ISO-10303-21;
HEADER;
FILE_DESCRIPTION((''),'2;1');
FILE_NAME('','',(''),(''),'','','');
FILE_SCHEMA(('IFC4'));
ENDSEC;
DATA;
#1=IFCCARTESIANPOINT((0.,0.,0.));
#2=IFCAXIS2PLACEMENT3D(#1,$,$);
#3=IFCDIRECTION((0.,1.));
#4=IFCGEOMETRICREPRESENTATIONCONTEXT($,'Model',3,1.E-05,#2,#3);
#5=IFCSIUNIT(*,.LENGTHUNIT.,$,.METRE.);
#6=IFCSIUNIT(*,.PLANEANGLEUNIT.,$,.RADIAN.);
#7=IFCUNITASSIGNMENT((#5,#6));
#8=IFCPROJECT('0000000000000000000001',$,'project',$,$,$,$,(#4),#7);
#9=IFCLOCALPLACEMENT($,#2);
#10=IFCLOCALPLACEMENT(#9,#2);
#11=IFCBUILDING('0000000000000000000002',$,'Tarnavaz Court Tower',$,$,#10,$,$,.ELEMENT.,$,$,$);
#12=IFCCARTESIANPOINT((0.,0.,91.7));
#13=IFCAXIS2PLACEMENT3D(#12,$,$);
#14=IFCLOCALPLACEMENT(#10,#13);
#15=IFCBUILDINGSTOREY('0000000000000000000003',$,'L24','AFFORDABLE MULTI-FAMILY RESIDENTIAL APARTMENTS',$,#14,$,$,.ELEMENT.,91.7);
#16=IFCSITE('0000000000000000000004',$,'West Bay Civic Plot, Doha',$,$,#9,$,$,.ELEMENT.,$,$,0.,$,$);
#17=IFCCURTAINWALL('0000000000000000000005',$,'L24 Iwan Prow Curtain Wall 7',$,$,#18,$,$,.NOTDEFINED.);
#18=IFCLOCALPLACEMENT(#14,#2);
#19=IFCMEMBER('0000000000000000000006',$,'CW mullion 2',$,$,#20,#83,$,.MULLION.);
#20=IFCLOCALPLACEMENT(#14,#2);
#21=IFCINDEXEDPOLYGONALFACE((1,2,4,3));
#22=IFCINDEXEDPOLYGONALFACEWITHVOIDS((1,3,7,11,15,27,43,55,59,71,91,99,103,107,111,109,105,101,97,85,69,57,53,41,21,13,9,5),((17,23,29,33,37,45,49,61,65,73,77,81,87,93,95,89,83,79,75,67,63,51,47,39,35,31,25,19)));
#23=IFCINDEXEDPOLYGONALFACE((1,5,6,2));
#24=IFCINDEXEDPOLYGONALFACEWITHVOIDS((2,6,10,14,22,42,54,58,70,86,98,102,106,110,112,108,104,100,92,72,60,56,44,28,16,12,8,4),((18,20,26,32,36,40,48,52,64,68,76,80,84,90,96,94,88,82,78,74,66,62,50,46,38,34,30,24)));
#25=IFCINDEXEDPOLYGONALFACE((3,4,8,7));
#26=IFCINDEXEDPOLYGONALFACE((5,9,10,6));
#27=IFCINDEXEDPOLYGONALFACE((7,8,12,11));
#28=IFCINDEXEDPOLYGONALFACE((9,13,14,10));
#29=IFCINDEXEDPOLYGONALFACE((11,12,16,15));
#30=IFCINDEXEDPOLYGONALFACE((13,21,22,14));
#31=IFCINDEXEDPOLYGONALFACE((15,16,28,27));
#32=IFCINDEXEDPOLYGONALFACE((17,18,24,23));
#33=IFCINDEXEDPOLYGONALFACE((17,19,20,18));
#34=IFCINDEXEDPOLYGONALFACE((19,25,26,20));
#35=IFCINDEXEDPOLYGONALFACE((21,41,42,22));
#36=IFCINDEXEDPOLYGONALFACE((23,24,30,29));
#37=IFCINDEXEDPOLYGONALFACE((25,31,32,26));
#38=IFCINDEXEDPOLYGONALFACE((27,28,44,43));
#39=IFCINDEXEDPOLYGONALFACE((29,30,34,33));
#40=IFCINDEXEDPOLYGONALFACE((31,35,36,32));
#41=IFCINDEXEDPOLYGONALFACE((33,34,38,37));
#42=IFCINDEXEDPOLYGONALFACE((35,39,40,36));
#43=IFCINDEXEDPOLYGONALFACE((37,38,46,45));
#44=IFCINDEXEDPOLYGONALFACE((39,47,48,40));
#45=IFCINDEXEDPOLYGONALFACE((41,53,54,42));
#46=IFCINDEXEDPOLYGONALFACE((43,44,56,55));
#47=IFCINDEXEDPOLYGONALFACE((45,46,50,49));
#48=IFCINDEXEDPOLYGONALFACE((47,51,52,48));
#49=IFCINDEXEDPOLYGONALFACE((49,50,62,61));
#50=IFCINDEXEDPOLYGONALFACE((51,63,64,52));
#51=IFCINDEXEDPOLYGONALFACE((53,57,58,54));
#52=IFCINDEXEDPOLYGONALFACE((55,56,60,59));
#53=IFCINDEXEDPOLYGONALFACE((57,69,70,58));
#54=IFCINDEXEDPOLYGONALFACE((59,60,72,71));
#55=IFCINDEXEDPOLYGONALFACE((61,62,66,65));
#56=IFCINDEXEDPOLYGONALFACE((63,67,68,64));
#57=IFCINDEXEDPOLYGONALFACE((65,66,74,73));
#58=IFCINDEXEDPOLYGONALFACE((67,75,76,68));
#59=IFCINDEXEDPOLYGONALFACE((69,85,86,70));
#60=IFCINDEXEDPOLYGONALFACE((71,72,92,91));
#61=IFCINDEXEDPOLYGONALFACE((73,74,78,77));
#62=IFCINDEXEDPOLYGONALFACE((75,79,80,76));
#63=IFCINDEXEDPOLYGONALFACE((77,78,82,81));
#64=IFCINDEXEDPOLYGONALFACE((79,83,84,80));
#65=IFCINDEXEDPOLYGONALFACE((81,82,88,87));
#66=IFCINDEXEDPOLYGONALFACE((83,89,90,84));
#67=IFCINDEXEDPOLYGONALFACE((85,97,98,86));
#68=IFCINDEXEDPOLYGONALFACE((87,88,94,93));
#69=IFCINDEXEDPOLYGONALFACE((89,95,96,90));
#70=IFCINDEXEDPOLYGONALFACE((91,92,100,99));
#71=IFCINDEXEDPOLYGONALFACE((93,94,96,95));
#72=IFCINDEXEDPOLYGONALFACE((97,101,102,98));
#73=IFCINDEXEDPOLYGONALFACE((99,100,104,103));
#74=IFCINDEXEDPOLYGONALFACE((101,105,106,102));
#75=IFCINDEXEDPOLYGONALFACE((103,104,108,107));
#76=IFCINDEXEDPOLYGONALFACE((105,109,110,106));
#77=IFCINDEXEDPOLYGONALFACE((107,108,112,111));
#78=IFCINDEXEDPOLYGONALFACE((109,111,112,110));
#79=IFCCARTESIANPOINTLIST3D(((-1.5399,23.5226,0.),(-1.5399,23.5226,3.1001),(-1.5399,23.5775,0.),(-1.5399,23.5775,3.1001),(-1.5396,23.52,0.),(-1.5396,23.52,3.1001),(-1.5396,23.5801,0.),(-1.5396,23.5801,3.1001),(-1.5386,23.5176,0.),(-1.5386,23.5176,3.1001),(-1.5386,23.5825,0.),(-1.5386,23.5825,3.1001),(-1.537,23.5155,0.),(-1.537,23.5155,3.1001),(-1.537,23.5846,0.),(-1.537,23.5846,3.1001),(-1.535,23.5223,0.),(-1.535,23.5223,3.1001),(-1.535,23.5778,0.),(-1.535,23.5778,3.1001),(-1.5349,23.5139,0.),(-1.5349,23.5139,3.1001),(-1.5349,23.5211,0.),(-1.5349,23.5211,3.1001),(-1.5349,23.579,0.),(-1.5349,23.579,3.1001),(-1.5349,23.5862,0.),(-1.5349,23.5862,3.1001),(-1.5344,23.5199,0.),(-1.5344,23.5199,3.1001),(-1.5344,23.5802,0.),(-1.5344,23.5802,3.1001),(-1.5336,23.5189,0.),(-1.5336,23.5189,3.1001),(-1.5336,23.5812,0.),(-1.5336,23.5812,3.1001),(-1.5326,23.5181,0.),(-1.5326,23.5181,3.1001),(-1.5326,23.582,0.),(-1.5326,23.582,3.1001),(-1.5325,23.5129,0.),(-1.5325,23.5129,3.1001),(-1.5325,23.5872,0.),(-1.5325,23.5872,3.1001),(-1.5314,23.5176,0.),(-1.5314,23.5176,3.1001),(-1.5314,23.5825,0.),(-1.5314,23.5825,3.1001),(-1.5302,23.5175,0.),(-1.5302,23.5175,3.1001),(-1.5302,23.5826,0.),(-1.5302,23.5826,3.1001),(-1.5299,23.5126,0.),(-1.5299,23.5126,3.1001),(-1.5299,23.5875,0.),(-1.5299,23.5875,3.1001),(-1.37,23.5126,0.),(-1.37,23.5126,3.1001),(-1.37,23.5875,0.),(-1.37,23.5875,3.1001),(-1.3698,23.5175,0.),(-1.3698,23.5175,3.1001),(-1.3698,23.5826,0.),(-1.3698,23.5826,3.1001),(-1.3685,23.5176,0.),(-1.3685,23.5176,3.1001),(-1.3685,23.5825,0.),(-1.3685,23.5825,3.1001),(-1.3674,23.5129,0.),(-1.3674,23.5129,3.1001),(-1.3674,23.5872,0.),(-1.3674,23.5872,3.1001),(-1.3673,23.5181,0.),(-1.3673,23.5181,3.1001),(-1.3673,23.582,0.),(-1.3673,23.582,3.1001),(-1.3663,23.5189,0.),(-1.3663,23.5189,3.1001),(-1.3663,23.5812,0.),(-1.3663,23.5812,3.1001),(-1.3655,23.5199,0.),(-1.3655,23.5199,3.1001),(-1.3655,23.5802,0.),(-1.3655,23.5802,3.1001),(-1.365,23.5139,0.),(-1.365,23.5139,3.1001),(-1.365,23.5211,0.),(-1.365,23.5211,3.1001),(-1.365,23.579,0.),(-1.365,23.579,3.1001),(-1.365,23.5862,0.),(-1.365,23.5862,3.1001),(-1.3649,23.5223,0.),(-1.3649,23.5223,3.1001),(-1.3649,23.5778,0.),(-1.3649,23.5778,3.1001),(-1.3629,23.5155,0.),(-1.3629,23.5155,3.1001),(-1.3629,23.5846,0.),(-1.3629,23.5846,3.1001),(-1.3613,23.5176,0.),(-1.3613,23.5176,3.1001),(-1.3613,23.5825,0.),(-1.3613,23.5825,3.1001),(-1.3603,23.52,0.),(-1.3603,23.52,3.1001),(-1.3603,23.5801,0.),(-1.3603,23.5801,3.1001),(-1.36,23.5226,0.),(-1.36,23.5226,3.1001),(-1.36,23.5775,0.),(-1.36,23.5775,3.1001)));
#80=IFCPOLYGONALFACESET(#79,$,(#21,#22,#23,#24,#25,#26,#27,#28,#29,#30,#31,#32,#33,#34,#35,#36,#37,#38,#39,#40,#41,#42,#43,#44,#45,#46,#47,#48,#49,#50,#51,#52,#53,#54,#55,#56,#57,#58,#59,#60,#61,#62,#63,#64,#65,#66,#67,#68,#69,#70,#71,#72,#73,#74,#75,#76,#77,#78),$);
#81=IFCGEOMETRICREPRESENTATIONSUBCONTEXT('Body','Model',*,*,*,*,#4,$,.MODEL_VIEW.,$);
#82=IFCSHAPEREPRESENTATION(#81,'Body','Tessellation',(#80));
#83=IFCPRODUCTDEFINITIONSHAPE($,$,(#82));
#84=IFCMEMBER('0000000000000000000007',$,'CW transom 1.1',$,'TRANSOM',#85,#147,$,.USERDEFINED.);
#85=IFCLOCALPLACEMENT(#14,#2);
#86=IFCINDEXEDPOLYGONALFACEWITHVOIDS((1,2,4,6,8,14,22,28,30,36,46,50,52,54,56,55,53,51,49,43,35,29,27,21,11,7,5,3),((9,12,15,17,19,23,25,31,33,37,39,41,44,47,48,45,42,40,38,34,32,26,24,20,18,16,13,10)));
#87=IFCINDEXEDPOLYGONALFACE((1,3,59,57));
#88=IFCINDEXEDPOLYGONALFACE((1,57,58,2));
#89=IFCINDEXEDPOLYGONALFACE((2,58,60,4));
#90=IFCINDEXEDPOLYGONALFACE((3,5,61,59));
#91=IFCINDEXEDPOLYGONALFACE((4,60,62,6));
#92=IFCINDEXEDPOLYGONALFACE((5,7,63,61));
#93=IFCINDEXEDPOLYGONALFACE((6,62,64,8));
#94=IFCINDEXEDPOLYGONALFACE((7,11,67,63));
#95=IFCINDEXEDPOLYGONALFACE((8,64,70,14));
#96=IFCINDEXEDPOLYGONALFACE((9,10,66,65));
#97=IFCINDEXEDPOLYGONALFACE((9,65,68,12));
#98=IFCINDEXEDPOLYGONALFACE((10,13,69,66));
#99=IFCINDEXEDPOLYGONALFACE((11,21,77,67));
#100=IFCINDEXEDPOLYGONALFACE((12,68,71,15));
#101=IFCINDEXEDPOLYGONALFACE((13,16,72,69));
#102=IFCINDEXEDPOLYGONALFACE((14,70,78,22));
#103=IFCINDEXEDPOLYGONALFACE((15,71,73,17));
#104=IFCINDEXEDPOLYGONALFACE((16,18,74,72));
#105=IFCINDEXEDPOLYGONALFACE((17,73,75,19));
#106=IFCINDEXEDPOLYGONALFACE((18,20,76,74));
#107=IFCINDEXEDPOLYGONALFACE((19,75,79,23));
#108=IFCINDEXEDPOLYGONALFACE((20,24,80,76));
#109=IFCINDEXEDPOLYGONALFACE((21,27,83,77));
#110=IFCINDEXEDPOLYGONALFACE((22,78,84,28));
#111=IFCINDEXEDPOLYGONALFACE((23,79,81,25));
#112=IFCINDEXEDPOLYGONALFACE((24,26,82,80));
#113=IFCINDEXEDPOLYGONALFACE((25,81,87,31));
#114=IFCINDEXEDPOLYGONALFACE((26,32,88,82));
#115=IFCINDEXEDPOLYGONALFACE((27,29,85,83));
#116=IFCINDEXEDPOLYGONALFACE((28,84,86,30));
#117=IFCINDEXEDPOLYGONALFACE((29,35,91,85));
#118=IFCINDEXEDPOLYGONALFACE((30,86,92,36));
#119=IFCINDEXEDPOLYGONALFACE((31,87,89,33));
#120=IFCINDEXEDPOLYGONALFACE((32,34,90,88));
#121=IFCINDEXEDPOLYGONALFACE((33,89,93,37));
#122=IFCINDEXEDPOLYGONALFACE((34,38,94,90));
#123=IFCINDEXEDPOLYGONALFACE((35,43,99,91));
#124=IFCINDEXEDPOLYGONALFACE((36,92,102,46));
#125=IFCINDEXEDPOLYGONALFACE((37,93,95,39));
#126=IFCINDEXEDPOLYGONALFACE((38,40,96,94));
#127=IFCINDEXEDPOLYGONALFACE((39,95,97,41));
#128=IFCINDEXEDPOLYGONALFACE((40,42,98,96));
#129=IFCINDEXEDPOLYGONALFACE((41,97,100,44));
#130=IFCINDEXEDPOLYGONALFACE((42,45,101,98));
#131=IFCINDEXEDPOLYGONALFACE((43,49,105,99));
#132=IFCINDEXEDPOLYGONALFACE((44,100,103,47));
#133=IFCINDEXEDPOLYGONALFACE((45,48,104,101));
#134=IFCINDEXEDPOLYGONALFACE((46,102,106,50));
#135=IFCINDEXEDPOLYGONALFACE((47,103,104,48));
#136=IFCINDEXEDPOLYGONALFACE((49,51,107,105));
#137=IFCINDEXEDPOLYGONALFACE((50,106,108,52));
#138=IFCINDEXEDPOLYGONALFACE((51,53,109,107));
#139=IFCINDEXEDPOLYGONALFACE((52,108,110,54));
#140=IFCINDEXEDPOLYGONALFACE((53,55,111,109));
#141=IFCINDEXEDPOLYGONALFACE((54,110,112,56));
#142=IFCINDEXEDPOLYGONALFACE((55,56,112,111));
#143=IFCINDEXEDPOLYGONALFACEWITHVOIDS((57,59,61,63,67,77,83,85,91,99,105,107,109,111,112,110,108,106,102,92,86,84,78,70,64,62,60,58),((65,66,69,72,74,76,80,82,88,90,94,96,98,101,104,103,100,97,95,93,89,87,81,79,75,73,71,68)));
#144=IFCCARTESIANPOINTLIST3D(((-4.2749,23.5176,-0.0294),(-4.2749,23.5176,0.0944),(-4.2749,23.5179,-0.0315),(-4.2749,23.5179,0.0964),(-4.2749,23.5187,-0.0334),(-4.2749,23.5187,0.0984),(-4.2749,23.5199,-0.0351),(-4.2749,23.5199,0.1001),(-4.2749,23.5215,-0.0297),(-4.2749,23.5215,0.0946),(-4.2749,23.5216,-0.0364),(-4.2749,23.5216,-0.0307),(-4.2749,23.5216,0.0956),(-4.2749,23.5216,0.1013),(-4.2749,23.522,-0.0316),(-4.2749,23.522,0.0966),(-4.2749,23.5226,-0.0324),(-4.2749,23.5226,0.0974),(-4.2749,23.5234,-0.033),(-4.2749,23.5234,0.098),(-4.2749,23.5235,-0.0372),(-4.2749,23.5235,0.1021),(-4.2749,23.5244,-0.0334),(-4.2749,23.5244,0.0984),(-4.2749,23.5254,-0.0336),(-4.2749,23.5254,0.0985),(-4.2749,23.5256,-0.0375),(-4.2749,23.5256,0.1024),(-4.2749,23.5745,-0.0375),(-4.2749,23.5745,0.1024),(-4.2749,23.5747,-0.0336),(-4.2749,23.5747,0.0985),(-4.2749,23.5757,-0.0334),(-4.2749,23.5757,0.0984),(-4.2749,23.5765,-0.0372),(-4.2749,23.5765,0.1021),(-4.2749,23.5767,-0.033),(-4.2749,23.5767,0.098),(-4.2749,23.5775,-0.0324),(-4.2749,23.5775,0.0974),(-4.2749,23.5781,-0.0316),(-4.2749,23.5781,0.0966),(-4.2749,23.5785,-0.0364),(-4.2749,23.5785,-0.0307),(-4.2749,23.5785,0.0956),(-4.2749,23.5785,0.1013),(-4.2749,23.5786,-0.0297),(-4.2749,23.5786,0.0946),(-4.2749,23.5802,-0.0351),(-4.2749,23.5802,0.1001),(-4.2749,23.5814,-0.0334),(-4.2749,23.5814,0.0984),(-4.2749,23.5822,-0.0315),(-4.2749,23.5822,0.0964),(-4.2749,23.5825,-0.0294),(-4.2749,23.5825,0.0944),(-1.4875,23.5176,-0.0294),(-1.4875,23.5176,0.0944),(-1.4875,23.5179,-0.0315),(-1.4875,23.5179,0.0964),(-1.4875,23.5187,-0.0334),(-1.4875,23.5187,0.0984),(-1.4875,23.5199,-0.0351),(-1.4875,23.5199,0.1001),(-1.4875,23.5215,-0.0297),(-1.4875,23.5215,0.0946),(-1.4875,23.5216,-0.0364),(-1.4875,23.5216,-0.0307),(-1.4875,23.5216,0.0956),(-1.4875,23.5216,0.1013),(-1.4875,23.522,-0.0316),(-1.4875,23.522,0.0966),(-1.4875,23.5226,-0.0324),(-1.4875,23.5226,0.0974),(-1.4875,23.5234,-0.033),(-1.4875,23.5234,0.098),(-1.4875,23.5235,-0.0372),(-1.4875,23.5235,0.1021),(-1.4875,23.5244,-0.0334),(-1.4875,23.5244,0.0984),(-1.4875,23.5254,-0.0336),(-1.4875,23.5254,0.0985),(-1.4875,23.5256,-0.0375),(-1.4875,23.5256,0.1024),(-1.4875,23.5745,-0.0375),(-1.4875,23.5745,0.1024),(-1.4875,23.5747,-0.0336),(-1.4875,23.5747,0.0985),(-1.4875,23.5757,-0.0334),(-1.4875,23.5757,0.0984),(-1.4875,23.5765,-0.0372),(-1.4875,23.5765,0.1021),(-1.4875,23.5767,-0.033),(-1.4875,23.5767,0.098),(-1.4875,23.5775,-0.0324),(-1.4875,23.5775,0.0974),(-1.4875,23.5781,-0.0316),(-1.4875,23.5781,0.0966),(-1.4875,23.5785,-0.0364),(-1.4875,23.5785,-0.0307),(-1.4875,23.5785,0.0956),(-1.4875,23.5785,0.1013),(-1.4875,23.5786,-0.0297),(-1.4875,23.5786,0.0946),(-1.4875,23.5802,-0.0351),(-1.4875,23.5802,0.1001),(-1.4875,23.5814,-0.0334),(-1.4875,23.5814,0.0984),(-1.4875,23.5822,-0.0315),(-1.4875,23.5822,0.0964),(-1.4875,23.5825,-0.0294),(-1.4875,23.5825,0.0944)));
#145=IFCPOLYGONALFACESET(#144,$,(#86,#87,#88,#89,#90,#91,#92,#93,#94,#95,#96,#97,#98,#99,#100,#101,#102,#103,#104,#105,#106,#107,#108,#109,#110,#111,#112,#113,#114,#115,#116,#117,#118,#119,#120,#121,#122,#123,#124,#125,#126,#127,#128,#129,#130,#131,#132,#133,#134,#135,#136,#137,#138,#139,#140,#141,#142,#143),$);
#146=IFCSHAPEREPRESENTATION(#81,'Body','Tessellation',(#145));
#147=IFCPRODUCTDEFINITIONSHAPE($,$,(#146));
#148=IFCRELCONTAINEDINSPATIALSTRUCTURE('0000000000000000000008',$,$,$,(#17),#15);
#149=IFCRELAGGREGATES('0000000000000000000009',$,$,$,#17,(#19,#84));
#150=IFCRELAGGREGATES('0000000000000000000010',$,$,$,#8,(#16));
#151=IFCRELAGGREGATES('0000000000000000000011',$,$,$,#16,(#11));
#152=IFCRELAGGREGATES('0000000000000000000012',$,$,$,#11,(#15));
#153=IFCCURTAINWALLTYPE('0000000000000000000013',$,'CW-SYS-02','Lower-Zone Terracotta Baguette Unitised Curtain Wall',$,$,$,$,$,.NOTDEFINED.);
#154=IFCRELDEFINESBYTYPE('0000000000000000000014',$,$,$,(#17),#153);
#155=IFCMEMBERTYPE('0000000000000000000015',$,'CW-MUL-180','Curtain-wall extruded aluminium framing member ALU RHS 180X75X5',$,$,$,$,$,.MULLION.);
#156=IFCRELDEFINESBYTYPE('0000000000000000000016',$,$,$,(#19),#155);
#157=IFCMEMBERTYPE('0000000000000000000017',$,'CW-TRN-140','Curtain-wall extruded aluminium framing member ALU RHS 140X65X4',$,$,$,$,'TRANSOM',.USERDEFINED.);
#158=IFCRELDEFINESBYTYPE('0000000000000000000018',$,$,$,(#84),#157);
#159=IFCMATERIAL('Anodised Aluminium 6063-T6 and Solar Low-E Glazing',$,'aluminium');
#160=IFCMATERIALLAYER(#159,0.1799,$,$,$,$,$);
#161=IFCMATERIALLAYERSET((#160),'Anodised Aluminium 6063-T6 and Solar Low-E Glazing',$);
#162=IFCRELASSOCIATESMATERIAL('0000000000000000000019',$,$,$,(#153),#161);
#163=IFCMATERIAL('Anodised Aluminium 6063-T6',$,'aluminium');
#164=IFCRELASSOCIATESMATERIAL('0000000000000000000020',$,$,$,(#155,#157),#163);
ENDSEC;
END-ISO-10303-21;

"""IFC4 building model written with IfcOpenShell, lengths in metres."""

from ifc_helpers import new_model, si_unit, direction, frame, origin, origin_2d, place, context, subcontext, project, spatial, hollow_rectangle, extrude, material, layer, layer_set, material_profile, profile_set, type_object, element, aggregate, save


model = new_model("IFC4")

# Units and contexts
model_context = context("Model", 3, precision=1e-05, world=origin(), true_north=direction((0.0, 1.0)))
body_context = subcontext(model_context, "Body", "Model", "MODEL_VIEW")
ifc_project = project(units=[si_unit("LENGTHUNIT", "METRE"), si_unit("PLANEANGLEUNIT", "RADIAN")], contexts=[model_context])

# Site, building, storey
site_placement = place(None, origin())
site = spatial("IfcSite", under=ifc_project, at=site_placement, Name="West Bay Civic Plot, Doha", CompositionType="ELEMENT", RefElevation=0.0)
building_placement = place(site_placement, origin())
building = spatial("IfcBuilding", under=site, at=building_placement, Name="Tarnavaz Court Tower", CompositionType="ELEMENT")
storey_placement = place(building_placement, frame((0.0, 0.0, 91.7)))
storey = spatial("IfcBuildingStorey", under=building, at=storey_placement, Name="L24", Description="AFFORDABLE MULTI-FAMILY RESIDENTIAL APARTMENTS", CompositionType="ELEMENT", Elevation=91.7)

# Curtain wall, members
ifc_material_1 = material(Name="Anodised Aluminium 6063-T6 and Solar Low-E Glazing", Category="aluminium")
ifc_layer_1 = layer(ifc_material_1, 0.1799)
ifc_layer_set_1 = layer_set([ifc_layer_1], Name="Anodised Aluminium 6063-T6 and Solar Low-E Glazing")
curtain_wall_type = type_object("IfcCurtainWallType", Name="CW-SYS-02", Description="Lower-Zone Terracotta Baguette Unitised Curtain Wall", PredefinedType="NOTDEFINED", material=ifc_layer_set_1)
curtain_wall_placement = place(storey_placement, origin())
curtain_wall = element("IfcCurtainWall", 1, at=curtain_wall_placement, inside=storey, type_object=curtain_wall_type, Name="L24 Iwan Prow Curtain Wall 7", PredefinedType="NOTDEFINED")
ifc_material_2 = material(Name="Anodised Aluminium 6063-T6", Category="aluminium")
ifc_material_profile_1 = material_profile(ifc_material_2, hollow_rectangle(XDim=0.075, YDim=0.1799, WallThickness=0.0049, InnerFilletRadius=0.0049, OuterFilletRadius=0.01, at=origin_2d()), Name="ALU RHS 180X75X5")
ifc_profile_set_1 = profile_set([ifc_material_profile_1], Name="Anodised Aluminium 6063-T6")
member_type_1 = type_object("IfcMemberType", Name="CW-MUL-180", Description="Curtain-wall extruded aluminium framing member ALU RHS 180X75X5", PredefinedType="MULLION", material=ifc_profile_set_1)
member_1_placement = place(storey_placement, frame((-1.45, 23.55, 0.0), z_axis=(0.0, 0.0, 1.0), x_axis=(0.0, 1.0, 0.0)))
member_1 = element("IfcMember", 2, at=member_1_placement, type_object=member_type_1, Name="CW mullion 2", PredefinedType="MULLION", context=body_context, shape_type="SweptSolid", body=[
    extrude(hollow_rectangle(XDim=0.075, YDim=0.1799, WallThickness=0.0049, InnerFilletRadius=0.0049, OuterFilletRadius=0.01, at=origin_2d()), origin(), (0.0, 0.0, 1.0), 3.1001),
])
ifc_material_profile_2 = material_profile(ifc_material_2, hollow_rectangle(XDim=0.0649, YDim=0.1399, WallThickness=0.0039, InnerFilletRadius=0.0039, OuterFilletRadius=0.0081, at=origin_2d()), Name="ALU RHS 140X65X4")
ifc_profile_set_2 = profile_set([ifc_material_profile_2], Name="Anodised Aluminium 6063-T6")
member_type_2 = type_object("IfcMemberType", Name="CW-TRN-140", Description="Curtain-wall extruded aluminium framing member ALU RHS 140X65X4", ElementType="TRANSOM", PredefinedType="USERDEFINED", material=ifc_profile_set_2)
member_2_placement = place(storey_placement, frame((-4.2749, 23.55, 0.0325), z_axis=(1.0, 0.0, 0.0), x_axis=(0.0, 1.0, 0.0)))
member_2 = element("IfcMember", 3, at=member_2_placement, type_object=member_type_2, Name="CW transom 1.1", ObjectType="TRANSOM", PredefinedType="USERDEFINED", context=body_context, shape_type="SweptSolid", body=[
    extrude(hollow_rectangle(XDim=0.0649, YDim=0.1399, WallThickness=0.0039, InnerFilletRadius=0.0039, OuterFilletRadius=0.0081, at=origin_2d()), origin(), (0.0, 0.0, 1.0), 2.7874),
])
aggregate(curtain_wall, [member_1, member_2])

save(model, "model.ifc")
